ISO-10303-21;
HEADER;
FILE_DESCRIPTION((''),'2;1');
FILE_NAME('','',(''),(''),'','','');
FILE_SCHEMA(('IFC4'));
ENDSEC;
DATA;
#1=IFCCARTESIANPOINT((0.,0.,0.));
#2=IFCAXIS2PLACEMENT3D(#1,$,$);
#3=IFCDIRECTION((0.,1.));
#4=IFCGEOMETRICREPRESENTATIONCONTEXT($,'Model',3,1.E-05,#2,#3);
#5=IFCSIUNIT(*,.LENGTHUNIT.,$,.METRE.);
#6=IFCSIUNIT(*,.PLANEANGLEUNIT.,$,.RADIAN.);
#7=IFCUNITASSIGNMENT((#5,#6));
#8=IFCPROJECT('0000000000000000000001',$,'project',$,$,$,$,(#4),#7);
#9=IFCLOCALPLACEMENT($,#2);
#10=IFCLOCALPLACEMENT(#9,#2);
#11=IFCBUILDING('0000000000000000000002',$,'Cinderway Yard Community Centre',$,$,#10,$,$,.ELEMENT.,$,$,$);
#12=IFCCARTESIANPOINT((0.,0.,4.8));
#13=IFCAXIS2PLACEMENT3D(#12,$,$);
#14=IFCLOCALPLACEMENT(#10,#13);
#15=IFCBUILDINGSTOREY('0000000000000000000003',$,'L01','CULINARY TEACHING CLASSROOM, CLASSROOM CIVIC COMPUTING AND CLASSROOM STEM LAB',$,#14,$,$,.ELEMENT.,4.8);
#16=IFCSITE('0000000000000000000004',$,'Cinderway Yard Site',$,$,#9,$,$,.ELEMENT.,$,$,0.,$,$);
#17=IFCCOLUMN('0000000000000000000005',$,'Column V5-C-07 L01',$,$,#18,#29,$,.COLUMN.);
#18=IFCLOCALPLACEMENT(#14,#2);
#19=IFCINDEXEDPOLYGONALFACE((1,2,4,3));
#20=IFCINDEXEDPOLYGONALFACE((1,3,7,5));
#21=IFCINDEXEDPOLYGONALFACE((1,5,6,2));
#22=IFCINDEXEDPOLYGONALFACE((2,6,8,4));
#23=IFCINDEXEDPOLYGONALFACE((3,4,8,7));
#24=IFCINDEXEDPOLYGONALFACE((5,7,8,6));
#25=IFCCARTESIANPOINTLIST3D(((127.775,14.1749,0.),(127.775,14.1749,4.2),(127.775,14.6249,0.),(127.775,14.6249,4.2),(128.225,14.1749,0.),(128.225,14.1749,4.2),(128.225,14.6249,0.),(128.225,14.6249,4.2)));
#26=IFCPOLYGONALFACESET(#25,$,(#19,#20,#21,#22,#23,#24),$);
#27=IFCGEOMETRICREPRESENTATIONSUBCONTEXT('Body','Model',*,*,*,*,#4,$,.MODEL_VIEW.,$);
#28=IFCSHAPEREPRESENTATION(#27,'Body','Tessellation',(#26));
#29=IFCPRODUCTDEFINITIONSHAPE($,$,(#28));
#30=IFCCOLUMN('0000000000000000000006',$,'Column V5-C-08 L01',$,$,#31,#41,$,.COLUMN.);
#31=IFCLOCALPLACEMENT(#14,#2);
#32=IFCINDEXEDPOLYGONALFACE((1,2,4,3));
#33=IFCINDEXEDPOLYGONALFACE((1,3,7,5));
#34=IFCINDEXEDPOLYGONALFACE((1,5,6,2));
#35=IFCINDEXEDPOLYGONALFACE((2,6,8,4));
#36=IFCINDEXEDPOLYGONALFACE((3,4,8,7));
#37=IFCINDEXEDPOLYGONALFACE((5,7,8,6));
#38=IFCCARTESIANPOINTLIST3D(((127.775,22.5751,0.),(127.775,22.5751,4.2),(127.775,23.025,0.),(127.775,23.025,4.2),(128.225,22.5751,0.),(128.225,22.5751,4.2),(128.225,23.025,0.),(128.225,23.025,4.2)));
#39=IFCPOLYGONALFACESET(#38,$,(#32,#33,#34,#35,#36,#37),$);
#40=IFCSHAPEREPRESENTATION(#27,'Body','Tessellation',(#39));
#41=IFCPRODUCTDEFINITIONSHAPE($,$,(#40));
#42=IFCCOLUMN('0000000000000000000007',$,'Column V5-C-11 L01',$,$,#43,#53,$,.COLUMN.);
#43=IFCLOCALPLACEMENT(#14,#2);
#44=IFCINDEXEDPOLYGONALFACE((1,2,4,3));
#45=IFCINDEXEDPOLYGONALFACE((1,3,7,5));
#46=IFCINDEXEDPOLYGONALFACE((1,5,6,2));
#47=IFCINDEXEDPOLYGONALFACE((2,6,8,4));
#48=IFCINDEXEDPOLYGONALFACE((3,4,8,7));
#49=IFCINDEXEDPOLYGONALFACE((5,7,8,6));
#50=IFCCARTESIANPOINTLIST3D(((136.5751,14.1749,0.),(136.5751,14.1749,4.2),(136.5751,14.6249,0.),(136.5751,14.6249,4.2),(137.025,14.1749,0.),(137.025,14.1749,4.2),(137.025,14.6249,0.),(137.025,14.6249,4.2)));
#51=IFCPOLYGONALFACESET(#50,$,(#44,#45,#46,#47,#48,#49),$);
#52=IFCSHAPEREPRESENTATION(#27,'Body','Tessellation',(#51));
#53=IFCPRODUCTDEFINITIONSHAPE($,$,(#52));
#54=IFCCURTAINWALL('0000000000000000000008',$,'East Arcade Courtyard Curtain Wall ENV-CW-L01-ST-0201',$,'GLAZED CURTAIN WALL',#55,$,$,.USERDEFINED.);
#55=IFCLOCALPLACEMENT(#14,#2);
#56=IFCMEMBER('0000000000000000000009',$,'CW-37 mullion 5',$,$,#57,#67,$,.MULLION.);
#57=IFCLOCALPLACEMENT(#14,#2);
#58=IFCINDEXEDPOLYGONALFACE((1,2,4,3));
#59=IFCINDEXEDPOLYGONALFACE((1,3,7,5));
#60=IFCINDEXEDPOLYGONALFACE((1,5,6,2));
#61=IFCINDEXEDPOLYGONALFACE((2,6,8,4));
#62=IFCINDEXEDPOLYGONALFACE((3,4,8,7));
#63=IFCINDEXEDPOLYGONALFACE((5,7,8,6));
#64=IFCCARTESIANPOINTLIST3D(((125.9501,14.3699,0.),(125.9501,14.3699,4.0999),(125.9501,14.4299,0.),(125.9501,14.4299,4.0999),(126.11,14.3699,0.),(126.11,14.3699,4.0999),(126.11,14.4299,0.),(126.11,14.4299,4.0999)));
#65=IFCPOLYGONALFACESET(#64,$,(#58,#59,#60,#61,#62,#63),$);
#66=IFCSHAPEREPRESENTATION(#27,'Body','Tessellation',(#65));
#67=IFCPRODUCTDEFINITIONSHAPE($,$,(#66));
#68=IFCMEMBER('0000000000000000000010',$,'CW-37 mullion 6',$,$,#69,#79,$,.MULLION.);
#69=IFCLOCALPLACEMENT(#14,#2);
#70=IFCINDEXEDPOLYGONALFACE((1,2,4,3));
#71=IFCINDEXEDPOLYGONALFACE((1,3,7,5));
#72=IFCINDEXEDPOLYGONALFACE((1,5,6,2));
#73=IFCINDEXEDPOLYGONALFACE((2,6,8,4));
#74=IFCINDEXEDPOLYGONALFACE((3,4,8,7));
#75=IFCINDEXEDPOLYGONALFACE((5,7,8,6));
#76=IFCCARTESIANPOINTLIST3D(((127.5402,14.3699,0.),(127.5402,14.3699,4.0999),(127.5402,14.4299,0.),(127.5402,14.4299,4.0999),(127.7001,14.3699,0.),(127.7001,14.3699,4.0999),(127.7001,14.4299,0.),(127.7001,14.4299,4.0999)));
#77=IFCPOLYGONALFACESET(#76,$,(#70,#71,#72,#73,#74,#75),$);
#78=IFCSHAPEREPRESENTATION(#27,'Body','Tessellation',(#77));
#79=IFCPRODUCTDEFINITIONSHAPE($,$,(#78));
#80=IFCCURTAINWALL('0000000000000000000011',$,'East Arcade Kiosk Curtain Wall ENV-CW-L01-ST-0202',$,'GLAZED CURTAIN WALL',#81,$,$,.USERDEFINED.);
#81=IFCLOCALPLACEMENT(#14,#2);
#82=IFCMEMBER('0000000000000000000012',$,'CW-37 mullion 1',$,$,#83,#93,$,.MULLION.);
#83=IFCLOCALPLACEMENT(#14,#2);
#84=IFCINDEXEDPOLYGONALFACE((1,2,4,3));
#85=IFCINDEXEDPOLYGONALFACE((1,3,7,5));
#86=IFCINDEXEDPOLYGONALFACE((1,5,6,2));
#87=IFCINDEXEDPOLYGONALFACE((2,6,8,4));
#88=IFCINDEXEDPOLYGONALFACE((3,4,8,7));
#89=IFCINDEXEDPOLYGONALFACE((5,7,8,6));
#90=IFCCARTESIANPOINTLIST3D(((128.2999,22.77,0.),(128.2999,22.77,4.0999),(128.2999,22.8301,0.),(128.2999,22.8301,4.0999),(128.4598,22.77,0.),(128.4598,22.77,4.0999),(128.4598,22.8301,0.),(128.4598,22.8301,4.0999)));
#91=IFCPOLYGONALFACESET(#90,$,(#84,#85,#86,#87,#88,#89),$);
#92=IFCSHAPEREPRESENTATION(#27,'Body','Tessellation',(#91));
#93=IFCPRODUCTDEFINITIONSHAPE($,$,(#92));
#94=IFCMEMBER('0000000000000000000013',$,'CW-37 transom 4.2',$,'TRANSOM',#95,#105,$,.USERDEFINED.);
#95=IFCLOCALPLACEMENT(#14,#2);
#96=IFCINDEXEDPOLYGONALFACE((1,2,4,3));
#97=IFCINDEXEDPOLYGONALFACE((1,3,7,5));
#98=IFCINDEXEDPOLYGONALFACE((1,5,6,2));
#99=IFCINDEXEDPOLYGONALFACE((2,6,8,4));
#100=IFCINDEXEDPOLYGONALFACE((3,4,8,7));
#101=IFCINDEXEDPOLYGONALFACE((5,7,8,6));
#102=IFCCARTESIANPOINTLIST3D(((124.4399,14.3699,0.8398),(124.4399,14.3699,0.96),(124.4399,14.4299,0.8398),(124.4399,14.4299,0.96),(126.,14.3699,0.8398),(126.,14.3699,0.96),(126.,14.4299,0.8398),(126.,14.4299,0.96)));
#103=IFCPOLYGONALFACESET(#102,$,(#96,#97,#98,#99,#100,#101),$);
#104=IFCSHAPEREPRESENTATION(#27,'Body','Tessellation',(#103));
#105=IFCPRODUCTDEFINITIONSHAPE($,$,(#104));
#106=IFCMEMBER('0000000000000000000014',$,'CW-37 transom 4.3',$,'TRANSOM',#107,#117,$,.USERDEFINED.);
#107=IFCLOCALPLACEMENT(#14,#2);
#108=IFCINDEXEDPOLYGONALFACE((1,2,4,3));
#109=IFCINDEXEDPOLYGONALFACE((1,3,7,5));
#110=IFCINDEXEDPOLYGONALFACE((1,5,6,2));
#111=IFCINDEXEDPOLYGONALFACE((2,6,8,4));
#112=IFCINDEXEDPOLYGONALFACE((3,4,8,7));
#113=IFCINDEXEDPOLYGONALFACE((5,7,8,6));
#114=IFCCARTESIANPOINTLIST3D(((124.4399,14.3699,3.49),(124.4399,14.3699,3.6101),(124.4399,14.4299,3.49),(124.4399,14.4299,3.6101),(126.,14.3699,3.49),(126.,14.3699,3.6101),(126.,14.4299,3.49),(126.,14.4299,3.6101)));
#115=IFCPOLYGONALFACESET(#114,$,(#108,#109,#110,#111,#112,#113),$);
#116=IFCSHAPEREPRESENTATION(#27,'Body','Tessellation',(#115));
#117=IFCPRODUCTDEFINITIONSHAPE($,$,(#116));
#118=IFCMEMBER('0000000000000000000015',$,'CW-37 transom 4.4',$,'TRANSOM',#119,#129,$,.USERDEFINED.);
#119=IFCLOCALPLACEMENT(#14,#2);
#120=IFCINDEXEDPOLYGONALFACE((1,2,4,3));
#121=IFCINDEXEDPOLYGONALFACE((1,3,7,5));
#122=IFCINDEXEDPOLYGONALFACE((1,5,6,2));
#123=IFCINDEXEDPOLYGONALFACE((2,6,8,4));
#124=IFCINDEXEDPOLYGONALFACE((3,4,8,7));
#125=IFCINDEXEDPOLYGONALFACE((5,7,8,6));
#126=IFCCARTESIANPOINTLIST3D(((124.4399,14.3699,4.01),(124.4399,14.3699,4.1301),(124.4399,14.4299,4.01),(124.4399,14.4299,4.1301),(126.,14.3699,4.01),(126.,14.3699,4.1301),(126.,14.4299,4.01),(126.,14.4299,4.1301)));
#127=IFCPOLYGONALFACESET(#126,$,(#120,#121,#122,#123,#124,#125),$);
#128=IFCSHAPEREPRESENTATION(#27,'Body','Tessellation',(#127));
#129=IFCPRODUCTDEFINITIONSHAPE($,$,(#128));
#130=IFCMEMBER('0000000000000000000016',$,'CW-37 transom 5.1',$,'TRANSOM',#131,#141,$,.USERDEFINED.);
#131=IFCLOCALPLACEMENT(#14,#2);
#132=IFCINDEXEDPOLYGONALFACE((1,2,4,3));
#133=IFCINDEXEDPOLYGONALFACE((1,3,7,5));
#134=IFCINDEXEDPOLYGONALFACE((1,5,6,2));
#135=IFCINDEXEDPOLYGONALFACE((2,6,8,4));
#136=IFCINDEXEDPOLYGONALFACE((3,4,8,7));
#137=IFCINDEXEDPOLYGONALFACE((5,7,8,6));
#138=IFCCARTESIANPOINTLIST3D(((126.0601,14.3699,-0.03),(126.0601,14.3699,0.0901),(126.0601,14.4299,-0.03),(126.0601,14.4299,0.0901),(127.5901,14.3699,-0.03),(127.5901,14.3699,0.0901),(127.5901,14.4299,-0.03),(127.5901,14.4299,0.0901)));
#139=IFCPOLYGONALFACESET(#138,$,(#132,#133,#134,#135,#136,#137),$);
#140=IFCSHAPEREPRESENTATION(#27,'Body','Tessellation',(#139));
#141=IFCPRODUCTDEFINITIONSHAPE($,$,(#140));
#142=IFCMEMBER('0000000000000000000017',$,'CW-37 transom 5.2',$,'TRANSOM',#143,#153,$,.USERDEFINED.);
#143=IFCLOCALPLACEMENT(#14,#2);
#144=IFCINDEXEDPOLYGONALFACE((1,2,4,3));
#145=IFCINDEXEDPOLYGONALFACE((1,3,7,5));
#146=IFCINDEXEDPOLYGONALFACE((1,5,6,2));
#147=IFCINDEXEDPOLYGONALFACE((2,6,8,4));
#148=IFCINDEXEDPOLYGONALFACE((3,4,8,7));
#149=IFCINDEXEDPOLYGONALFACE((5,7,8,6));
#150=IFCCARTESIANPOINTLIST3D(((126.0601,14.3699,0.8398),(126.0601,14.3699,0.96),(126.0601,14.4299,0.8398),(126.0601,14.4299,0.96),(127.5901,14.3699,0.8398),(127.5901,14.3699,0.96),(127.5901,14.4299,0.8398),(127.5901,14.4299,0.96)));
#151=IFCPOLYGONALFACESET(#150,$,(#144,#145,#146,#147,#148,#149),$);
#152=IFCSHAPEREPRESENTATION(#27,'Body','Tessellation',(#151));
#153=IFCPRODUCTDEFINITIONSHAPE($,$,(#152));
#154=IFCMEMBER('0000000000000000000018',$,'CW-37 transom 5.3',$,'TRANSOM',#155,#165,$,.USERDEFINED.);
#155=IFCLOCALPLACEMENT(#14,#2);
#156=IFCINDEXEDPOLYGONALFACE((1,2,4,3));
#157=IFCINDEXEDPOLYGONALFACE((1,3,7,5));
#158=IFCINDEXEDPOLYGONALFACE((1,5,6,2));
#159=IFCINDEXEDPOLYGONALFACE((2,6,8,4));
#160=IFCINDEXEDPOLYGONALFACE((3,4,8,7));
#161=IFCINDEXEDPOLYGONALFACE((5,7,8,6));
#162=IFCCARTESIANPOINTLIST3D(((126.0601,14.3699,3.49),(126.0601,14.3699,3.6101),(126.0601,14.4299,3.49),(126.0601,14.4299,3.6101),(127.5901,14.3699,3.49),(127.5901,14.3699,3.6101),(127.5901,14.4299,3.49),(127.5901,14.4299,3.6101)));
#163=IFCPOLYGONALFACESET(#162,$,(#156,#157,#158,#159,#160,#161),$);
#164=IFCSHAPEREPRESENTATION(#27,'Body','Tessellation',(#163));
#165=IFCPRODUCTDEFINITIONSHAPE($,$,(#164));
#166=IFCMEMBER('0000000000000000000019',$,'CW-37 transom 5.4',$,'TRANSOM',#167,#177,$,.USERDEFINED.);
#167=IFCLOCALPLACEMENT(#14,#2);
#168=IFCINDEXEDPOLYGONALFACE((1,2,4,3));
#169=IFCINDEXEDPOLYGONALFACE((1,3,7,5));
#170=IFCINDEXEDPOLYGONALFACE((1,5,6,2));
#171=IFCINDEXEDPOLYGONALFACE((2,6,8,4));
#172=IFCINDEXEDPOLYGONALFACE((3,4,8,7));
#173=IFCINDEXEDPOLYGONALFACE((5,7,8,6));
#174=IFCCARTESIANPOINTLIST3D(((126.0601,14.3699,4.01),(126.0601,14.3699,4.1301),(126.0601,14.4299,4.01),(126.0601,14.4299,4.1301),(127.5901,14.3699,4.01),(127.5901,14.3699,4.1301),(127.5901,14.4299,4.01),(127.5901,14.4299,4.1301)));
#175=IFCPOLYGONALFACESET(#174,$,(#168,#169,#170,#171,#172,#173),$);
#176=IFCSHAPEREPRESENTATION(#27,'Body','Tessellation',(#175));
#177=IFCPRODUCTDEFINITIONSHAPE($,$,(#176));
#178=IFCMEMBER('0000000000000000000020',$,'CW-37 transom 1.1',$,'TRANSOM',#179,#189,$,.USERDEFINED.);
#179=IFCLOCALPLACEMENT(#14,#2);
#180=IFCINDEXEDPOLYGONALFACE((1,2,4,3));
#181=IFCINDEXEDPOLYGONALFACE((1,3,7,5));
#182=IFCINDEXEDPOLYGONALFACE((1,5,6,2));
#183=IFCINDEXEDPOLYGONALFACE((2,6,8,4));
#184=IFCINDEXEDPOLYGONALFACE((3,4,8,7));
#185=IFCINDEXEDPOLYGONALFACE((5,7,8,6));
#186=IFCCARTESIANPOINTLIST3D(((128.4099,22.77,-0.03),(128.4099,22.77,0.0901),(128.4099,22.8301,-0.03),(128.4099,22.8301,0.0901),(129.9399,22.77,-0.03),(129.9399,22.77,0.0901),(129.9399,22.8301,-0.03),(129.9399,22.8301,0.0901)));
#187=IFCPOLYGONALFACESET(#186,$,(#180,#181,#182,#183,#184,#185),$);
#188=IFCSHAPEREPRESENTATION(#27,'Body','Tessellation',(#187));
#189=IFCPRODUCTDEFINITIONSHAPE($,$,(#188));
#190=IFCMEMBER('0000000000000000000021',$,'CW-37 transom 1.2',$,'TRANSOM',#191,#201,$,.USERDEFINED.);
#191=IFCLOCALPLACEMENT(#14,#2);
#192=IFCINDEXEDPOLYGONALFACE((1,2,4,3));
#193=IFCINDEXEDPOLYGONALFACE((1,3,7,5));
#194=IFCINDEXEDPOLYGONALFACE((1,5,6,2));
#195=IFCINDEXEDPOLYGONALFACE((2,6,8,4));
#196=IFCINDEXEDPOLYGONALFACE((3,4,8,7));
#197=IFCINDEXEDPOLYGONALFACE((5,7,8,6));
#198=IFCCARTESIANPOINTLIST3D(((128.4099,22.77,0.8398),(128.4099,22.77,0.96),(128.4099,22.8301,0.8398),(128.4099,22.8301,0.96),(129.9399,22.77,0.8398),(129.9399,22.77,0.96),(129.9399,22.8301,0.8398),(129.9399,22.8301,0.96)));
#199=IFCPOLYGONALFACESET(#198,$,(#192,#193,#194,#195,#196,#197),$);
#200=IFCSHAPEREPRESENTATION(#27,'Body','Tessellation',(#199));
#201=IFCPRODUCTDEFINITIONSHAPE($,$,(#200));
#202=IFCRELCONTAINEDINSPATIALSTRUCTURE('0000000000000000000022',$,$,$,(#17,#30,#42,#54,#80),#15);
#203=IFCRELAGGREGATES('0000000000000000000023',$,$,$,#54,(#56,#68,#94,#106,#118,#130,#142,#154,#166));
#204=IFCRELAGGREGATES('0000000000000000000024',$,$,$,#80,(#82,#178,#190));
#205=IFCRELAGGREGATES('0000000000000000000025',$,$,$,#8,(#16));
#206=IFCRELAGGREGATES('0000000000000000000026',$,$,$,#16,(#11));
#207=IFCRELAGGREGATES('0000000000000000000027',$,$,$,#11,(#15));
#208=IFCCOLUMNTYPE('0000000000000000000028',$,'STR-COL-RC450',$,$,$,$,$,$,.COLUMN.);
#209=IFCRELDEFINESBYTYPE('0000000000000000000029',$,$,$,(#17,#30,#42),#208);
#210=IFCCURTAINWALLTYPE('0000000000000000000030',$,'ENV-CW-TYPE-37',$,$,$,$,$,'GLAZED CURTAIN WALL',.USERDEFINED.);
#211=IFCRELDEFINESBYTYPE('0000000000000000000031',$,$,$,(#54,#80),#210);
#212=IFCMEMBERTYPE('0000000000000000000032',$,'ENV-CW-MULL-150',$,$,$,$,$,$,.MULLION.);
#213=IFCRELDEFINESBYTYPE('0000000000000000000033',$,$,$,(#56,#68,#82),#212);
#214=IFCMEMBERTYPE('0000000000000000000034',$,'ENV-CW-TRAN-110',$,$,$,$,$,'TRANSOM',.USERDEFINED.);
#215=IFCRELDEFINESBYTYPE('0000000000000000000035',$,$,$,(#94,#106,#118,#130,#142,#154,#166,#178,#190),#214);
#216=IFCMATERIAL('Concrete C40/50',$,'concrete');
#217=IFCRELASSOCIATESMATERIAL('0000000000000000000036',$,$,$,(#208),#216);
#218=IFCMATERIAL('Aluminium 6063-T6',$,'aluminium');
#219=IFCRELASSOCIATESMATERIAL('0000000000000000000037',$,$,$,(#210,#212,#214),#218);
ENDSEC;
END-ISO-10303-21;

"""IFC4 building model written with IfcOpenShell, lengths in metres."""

from ifc_helpers import new_model, si_unit, direction, frame, origin, origin_2d, place, context, subcontext, project, spatial, rectangle, extrude, material, material_profile, profile_set, type_object, element, aggregate, save


model = new_model("IFC4")

# Units and contexts
model_context = context("Model", 3, precision=1e-05, world=origin(), true_north=direction((0.0, 1.0)))
body_context = subcontext(model_context, "Body", "Model", "MODEL_VIEW")
ifc_project = project(units=[si_unit("LENGTHUNIT", "METRE"), si_unit("PLANEANGLEUNIT", "RADIAN")], contexts=[model_context])

# Site, building, storey
site_placement = place(None, origin())
site = spatial("IfcSite", under=ifc_project, at=site_placement, Name="Cinderway Yard Site", CompositionType="ELEMENT", RefElevation=0.0)
building_placement = place(site_placement, origin())
building = spatial("IfcBuilding", under=site, at=building_placement, Name="Cinderway Yard Community Centre", CompositionType="ELEMENT")
storey_placement = place(building_placement, frame((0.0, 0.0, 4.8)))
storey = spatial("IfcBuildingStorey", under=building, at=storey_placement, Name="L01", Description="CULINARY TEACHING CLASSROOM, CLASSROOM CIVIC COMPUTING AND CLASSROOM STEM LAB", CompositionType="ELEMENT", Elevation=4.8)

# Columns
ifc_material_1 = material(Name="Concrete C40/50", Category="concrete")
ifc_material_profile_1 = material_profile(ifc_material_1, rectangle(XDim=0.45, YDim=0.45, at=origin_2d()), Name="Concrete C40/50")
ifc_profile_set_1 = profile_set([ifc_material_profile_1], Name="Concrete C40/50")
column_type = type_object("IfcColumnType", Name="STR-COL-RC450", PredefinedType="COLUMN", material=ifc_profile_set_1)
for number, where, z_axis, x_axis, name in (
    (1, (128.0, 14.3999, 0.0), (0.0, 0.0, 1.0), (1.0, 0.0, 0.0), "Column V5-C-07 L01"),
    (2, (128.0, 22.8, 0.0), (0.0, 0.0, 1.0), (1.0, 0.0, 0.0), "Column V5-C-08 L01"),
    (3, (136.8, 14.3999, 0.0), (0.0, 0.0, 1.0), (1.0, 0.0, 0.0), "Column V5-C-11 L01"),
):
    element("IfcColumn", number, at=place(storey_placement, frame(where, z_axis=z_axis, x_axis=x_axis)), inside=storey, type_object=column_type, Name=name, PredefinedType="COLUMN", context=body_context, shape_type="SweptSolid", body=[
        extrude(rectangle(XDim=0.45, YDim=0.45, at=origin_2d()), origin(), (0.0, 0.0, 1.0), 4.2),
    ])

# Curtain wall, members
ifc_material_2 = material(Name="Aluminium 6063-T6", Category="aluminium")
curtain_wall_type = type_object("IfcCurtainWallType", Name="ENV-CW-TYPE-37", ElementType="GLAZED CURTAIN WALL", PredefinedType="USERDEFINED", material=ifc_material_2)
curtain_wall_1_placement = place(storey_placement, origin())
curtain_wall_1 = element("IfcCurtainWall", 4, at=curtain_wall_1_placement, inside=storey, type_object=curtain_wall_type, Name="East Arcade Courtyard Curtain Wall ENV-CW-L01-ST-0201", ObjectType="GLAZED CURTAIN WALL", PredefinedType="USERDEFINED")
ifc_material_profile_2 = material_profile(ifc_material_2, rectangle(XDim=0.0601, YDim=0.1599, at=origin_2d()), Name="Aluminium 6063-T6")
ifc_profile_set_2 = profile_set([ifc_material_profile_2], Name="Aluminium 6063-T6")
member_type_1 = type_object("IfcMemberType", Name="ENV-CW-MULL-150", PredefinedType="MULLION", material=ifc_profile_set_2)
member_1_placement = place(storey_placement, frame((126.03, 14.3999, 0.0), z_axis=(0.0, 0.0, 1.0), x_axis=(0.0, 1.0, 0.0)))
member_1 = element("IfcMember", 5, at=member_1_placement, type_object=member_type_1, Name="CW-37 mullion 5", PredefinedType="MULLION", context=body_context, shape_type="SweptSolid", body=[
    extrude(rectangle(XDim=0.0601, YDim=0.1599, at=origin_2d()), origin(), (0.0, 0.0, 1.0), 4.0999),
])
member_2_placement = place(storey_placement, frame((127.6201, 14.3999, 0.0), z_axis=(0.0, 0.0, 1.0), x_axis=(0.0, 1.0, 0.0)))
member_2 = element("IfcMember", 6, at=member_2_placement, type_object=member_type_1, Name="CW-37 mullion 6", PredefinedType="MULLION", context=body_context, shape_type="SweptSolid", body=[
    extrude(rectangle(XDim=0.0601, YDim=0.1599, at=origin_2d()), origin(), (0.0, 0.0, 1.0), 4.0999),
])

# Curtain wall, member
curtain_wall_2_placement = place(storey_placement, origin())
curtain_wall_2 = element("IfcCurtainWall", 7, at=curtain_wall_2_placement, inside=storey, type_object=curtain_wall_type, Name="East Arcade Kiosk Curtain Wall ENV-CW-L01-ST-0202", ObjectType="GLAZED CURTAIN WALL", PredefinedType="USERDEFINED")
member_3_placement = place(storey_placement, frame((128.3799, 22.8, 0.0), z_axis=(0.0, 0.0, 1.0), x_axis=(0.0, 1.0, 0.0)))
member_3 = element("IfcMember", 8, at=member_3_placement, type_object=member_type_1, Name="CW-37 mullion 1", PredefinedType="MULLION", context=body_context, shape_type="SweptSolid", body=[
    extrude(rectangle(XDim=0.0601, YDim=0.1599, at=origin_2d()), origin(), (0.0, 0.0, 1.0), 4.0999),
])

# Members
ifc_material_profile_3 = material_profile(ifc_material_2, rectangle(XDim=0.0601, YDim=0.1201, at=origin_2d()), Name="Aluminium 6063-T6")
ifc_profile_set_3 = profile_set([ifc_material_profile_3], Name="Aluminium 6063-T6")
member_type_2 = type_object("IfcMemberType", Name="ENV-CW-TRAN-110", ElementType="TRANSOM", PredefinedType="USERDEFINED", material=ifc_profile_set_3)
member_4_placement = place(storey_placement, frame((124.4399, 14.3999, 0.8999), z_axis=(1.0, 0.0, 0.0), x_axis=(0.0, 1.0, 0.0)))
member_4 = element("IfcMember", 9, at=member_4_placement, type_object=member_type_2, Name="CW-37 transom 4.2", ObjectType="TRANSOM", PredefinedType="USERDEFINED", context=body_context, shape_type="SweptSolid", body=[
    extrude(rectangle(XDim=0.0601, YDim=0.1201, at=origin_2d()), origin(), (0.0, 0.0, 1.0), 1.5601),
])
member_5_placement = place(storey_placement, frame((124.4399, 14.3999, 3.55), z_axis=(1.0, 0.0, 0.0), x_axis=(0.0, 1.0, 0.0)))
member_5 = element("IfcMember", 10, at=member_5_placement, type_object=member_type_2, Name="CW-37 transom 4.3", ObjectType="TRANSOM", PredefinedType="USERDEFINED", context=body_context, shape_type="SweptSolid", body=[
    extrude(rectangle(XDim=0.0601, YDim=0.1201, at=origin_2d()), origin(), (0.0, 0.0, 1.0), 1.5601),
])
member_6_placement = place(storey_placement, frame((124.4399, 14.3999, 4.0701), z_axis=(1.0, 0.0, 0.0), x_axis=(0.0, 1.0, 0.0)))
member_6 = element("IfcMember", 11, at=member_6_placement, type_object=member_type_2, Name="CW-37 transom 4.4", ObjectType="TRANSOM", PredefinedType="USERDEFINED", context=body_context, shape_type="SweptSolid", body=[
    extrude(rectangle(XDim=0.0601, YDim=0.1201, at=origin_2d()), origin(), (0.0, 0.0, 1.0), 1.5601),
])
member_7_placement = place(storey_placement, frame((126.0601, 14.3999, 0.03), z_axis=(1.0, 0.0, 0.0), x_axis=(0.0, 1.0, 0.0)))
member_7 = element("IfcMember", 12, at=member_7_placement, type_object=member_type_2, Name="CW-37 transom 5.1", ObjectType="TRANSOM", PredefinedType="USERDEFINED", context=body_context, shape_type="SweptSolid", body=[
    extrude(rectangle(XDim=0.0601, YDim=0.1201, at=origin_2d()), origin(), (0.0, 0.0, 1.0), 1.53),
])
member_8_placement = place(storey_placement, frame((126.0601, 14.3999, 0.8999), z_axis=(1.0, 0.0, 0.0), x_axis=(0.0, 1.0, 0.0)))
member_8 = element("IfcMember", 13, at=member_8_placement, type_object=member_type_2, Name="CW-37 transom 5.2", ObjectType="TRANSOM", PredefinedType="USERDEFINED", context=body_context, shape_type="SweptSolid", body=[
    extrude(rectangle(XDim=0.0601, YDim=0.1201, at=origin_2d()), origin(), (0.0, 0.0, 1.0), 1.53),
])
member_9_placement = place(storey_placement, frame((126.0601, 14.3999, 3.55), z_axis=(1.0, 0.0, 0.0), x_axis=(0.0, 1.0, 0.0)))
member_9 = element("IfcMember", 14, at=member_9_placement, type_object=member_type_2, Name="CW-37 transom 5.3", ObjectType="TRANSOM", PredefinedType="USERDEFINED", context=body_context, shape_type="SweptSolid", body=[
    extrude(rectangle(XDim=0.0601, YDim=0.1201, at=origin_2d()), origin(), (0.0, 0.0, 1.0), 1.53),
])
member_10_placement = place(storey_placement, frame((126.0601, 14.3999, 4.0701), z_axis=(1.0, 0.0, 0.0), x_axis=(0.0, 1.0, 0.0)))
member_10 = element("IfcMember", 15, at=member_10_placement, type_object=member_type_2, Name="CW-37 transom 5.4", ObjectType="TRANSOM", PredefinedType="USERDEFINED", context=body_context, shape_type="SweptSolid", body=[
    extrude(rectangle(XDim=0.0601, YDim=0.1201, at=origin_2d()), origin(), (0.0, 0.0, 1.0), 1.53),
])
member_11_placement = place(storey_placement, frame((128.4099, 22.8, 0.03), z_axis=(1.0, 0.0, 0.0), x_axis=(0.0, 1.0, 0.0)))
member_11 = element("IfcMember", 16, at=member_11_placement, type_object=member_type_2, Name="CW-37 transom 1.1", ObjectType="TRANSOM", PredefinedType="USERDEFINED", context=body_context, shape_type="SweptSolid", body=[
    extrude(rectangle(XDim=0.0601, YDim=0.1201, at=origin_2d()), origin(), (0.0, 0.0, 1.0), 1.53),
])
member_12_placement = place(storey_placement, frame((128.4099, 22.8, 0.8999), z_axis=(1.0, 0.0, 0.0), x_axis=(0.0, 1.0, 0.0)))
member_12 = element("IfcMember", 17, at=member_12_placement, type_object=member_type_2, Name="CW-37 transom 1.2", ObjectType="TRANSOM", PredefinedType="USERDEFINED", context=body_context, shape_type="SweptSolid", body=[
    extrude(rectangle(XDim=0.0601, YDim=0.1201, at=origin_2d()), origin(), (0.0, 0.0, 1.0), 1.53),
])

aggregate(curtain_wall_1, [member_1, member_2, member_4, member_5, member_6, member_7, member_8, member_9, member_10])
aggregate(curtain_wall_2, [member_3, member_11, member_12])

save(model, "model.ifc")
